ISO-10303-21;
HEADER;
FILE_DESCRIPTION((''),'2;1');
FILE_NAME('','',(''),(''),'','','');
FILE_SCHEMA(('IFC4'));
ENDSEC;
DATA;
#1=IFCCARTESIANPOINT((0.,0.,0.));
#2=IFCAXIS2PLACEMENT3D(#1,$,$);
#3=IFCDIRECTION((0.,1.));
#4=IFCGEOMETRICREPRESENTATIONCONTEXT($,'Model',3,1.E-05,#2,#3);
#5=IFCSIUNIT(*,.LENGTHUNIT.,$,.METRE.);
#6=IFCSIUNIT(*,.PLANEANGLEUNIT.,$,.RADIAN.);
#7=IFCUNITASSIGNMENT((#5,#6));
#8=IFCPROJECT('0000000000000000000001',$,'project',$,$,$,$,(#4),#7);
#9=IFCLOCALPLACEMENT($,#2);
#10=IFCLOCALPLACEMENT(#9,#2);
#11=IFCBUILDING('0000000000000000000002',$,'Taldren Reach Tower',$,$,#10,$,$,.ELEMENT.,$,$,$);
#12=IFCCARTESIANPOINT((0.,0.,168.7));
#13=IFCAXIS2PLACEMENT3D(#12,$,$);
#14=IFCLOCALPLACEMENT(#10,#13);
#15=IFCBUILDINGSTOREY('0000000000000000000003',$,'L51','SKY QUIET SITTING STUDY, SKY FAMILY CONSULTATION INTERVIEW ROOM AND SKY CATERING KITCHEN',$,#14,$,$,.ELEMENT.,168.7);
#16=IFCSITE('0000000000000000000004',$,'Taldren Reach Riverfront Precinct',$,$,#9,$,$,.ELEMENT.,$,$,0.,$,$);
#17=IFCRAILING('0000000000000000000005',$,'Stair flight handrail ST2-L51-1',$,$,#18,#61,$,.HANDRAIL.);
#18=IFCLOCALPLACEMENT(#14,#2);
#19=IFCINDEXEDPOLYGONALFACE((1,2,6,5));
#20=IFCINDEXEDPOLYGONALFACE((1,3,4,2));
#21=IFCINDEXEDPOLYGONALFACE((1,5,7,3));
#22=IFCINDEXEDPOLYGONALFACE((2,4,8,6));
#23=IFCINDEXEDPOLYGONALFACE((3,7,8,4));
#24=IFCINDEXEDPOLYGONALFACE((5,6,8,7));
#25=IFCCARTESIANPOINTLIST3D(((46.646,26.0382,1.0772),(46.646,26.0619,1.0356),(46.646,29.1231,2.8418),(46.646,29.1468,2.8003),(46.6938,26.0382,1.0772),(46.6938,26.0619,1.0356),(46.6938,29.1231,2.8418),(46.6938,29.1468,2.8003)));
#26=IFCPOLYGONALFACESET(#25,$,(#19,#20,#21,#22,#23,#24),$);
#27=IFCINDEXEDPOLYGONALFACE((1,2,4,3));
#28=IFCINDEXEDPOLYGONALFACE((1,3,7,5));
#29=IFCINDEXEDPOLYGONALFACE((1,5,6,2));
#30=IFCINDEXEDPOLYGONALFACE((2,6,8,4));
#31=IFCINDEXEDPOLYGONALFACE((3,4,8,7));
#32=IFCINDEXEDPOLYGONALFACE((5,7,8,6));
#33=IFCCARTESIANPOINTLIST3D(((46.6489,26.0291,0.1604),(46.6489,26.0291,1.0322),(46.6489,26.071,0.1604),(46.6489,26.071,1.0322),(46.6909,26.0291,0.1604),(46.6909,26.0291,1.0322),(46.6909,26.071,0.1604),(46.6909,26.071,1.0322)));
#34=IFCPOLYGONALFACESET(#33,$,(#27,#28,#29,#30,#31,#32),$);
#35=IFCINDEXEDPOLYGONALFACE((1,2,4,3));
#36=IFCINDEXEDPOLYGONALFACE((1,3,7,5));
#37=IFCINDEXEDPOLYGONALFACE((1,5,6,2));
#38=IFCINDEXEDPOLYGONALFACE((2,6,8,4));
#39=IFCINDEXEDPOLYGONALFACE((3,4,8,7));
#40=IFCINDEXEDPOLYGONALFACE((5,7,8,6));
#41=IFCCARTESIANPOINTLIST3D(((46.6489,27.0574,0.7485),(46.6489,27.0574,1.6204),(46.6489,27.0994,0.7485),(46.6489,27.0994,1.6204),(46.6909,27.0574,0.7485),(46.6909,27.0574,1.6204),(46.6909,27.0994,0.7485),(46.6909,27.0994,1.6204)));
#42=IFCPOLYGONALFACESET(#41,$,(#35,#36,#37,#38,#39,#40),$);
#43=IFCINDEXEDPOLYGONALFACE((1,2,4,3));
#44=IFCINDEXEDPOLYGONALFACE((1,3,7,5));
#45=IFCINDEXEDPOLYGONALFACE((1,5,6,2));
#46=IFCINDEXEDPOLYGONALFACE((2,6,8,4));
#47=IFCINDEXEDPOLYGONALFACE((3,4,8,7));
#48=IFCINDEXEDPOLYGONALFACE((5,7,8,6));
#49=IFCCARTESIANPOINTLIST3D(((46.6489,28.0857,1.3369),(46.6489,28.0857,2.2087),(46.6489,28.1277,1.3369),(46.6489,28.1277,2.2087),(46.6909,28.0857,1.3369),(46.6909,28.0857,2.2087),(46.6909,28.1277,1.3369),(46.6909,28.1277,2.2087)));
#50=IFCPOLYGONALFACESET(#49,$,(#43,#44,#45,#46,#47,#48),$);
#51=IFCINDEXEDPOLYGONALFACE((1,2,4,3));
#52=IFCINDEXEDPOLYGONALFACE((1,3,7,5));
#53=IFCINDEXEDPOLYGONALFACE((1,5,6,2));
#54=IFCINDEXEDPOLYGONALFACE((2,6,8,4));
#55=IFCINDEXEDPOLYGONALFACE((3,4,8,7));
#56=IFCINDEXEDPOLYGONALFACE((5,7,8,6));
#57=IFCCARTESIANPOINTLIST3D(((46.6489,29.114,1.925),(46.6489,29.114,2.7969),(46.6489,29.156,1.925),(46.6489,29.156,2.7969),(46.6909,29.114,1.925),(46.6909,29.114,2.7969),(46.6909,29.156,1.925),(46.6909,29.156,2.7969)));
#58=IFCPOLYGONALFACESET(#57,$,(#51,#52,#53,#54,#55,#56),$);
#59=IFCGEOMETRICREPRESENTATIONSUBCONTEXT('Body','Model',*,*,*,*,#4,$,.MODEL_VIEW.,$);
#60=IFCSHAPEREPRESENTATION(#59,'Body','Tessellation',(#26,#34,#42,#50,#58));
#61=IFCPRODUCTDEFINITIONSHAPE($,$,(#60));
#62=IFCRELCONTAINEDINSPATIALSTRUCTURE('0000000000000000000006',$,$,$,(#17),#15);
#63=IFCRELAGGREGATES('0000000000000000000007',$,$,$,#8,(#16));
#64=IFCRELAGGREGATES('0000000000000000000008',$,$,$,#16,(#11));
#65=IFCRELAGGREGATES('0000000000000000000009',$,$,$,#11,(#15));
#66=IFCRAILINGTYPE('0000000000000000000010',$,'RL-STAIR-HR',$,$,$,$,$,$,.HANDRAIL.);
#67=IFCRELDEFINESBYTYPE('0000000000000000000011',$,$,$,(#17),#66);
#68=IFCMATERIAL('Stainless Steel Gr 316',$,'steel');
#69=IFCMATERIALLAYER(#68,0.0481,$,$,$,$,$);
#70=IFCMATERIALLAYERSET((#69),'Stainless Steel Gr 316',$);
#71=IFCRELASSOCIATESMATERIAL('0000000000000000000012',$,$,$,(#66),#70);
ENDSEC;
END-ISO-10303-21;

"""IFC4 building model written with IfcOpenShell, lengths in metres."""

from ifc_helpers import new_model, si_unit, direction, frame, origin, origin_2d, place, context, subcontext, project, spatial, rectangle, extrude, material, layer, layer_set, type_object, element, save


model = new_model("IFC4")

# Units and contexts
model_context = context("Model", 3, precision=1e-05, world=origin(), true_north=direction((0.0, 1.0)))
body_context = subcontext(model_context, "Body", "Model", "MODEL_VIEW")
ifc_project = project(units=[si_unit("LENGTHUNIT", "METRE"), si_unit("PLANEANGLEUNIT", "RADIAN")], contexts=[model_context])

# Site, building, storey
site_placement = place(None, origin())
site = spatial("IfcSite", under=ifc_project, at=site_placement, Name="Taldren Reach Riverfront Precinct", CompositionType="ELEMENT", RefElevation=0.0)
building_placement = place(site_placement, origin())
building = spatial("IfcBuilding", under=site, at=building_placement, Name="Taldren Reach Tower", CompositionType="ELEMENT")
storey_placement = place(building_placement, frame((0.0, 0.0, 168.7)))
storey = spatial("IfcBuildingStorey", under=building, at=storey_placement, Name="L51", Description="SKY QUIET SITTING STUDY, SKY FAMILY CONSULTATION INTERVIEW ROOM AND SKY CATERING KITCHEN", CompositionType="ELEMENT", Elevation=168.7)

# Railing
ifc_material_1 = material(Name="Stainless Steel Gr 316", Category="steel")
ifc_layer_1 = layer(ifc_material_1, 0.0481)
ifc_layer_set_1 = layer_set([ifc_layer_1], Name="Stainless Steel Gr 316")
railing_type_1 = type_object("IfcRailingType", Name="RL-STAIR-HR", PredefinedType="HANDRAIL", material=ifc_layer_set_1)
railing_1_placement = place(storey_placement, frame((46.6699, 26.05, 0.1604)))
element("IfcRailing", 1, at=railing_1_placement, inside=storey, type_object=railing_type_1, Name="Stair flight handrail ST2-L51-1", PredefinedType="HANDRAIL", context=body_context, shape_type="SweptSolid", body=[
    extrude(rectangle(XDim=0.0479, YDim=0.0479, at=origin_2d()), frame((0.0, 0.0, 0.896), z_axis=(0.0, 0.868023, 0.496524), x_axis=(-1.0, 0.0, 0.0)), (0.0, 0.0, 1.0), 3.554),
    extrude(rectangle(XDim=0.042, YDim=0.042, at=origin_2d()), origin(), (0.0, 0.0, 1.0), 0.8718),
    extrude(rectangle(XDim=0.042, YDim=0.042, at=origin_2d()), frame((0.0, 1.0283, 0.5881)), (0.0, 0.0, 1.0), 0.8718),
    extrude(rectangle(XDim=0.042, YDim=0.042, at=origin_2d()), frame((0.0, 2.0566, 1.1765)), (0.0, 0.0, 1.0), 0.8718),
    extrude(rectangle(XDim=0.042, YDim=0.042, at=origin_2d()), frame((0.0, 3.085, 1.7646)), (0.0, 0.0, 1.0), 0.8718),
])

save(model, "model.ifc")
